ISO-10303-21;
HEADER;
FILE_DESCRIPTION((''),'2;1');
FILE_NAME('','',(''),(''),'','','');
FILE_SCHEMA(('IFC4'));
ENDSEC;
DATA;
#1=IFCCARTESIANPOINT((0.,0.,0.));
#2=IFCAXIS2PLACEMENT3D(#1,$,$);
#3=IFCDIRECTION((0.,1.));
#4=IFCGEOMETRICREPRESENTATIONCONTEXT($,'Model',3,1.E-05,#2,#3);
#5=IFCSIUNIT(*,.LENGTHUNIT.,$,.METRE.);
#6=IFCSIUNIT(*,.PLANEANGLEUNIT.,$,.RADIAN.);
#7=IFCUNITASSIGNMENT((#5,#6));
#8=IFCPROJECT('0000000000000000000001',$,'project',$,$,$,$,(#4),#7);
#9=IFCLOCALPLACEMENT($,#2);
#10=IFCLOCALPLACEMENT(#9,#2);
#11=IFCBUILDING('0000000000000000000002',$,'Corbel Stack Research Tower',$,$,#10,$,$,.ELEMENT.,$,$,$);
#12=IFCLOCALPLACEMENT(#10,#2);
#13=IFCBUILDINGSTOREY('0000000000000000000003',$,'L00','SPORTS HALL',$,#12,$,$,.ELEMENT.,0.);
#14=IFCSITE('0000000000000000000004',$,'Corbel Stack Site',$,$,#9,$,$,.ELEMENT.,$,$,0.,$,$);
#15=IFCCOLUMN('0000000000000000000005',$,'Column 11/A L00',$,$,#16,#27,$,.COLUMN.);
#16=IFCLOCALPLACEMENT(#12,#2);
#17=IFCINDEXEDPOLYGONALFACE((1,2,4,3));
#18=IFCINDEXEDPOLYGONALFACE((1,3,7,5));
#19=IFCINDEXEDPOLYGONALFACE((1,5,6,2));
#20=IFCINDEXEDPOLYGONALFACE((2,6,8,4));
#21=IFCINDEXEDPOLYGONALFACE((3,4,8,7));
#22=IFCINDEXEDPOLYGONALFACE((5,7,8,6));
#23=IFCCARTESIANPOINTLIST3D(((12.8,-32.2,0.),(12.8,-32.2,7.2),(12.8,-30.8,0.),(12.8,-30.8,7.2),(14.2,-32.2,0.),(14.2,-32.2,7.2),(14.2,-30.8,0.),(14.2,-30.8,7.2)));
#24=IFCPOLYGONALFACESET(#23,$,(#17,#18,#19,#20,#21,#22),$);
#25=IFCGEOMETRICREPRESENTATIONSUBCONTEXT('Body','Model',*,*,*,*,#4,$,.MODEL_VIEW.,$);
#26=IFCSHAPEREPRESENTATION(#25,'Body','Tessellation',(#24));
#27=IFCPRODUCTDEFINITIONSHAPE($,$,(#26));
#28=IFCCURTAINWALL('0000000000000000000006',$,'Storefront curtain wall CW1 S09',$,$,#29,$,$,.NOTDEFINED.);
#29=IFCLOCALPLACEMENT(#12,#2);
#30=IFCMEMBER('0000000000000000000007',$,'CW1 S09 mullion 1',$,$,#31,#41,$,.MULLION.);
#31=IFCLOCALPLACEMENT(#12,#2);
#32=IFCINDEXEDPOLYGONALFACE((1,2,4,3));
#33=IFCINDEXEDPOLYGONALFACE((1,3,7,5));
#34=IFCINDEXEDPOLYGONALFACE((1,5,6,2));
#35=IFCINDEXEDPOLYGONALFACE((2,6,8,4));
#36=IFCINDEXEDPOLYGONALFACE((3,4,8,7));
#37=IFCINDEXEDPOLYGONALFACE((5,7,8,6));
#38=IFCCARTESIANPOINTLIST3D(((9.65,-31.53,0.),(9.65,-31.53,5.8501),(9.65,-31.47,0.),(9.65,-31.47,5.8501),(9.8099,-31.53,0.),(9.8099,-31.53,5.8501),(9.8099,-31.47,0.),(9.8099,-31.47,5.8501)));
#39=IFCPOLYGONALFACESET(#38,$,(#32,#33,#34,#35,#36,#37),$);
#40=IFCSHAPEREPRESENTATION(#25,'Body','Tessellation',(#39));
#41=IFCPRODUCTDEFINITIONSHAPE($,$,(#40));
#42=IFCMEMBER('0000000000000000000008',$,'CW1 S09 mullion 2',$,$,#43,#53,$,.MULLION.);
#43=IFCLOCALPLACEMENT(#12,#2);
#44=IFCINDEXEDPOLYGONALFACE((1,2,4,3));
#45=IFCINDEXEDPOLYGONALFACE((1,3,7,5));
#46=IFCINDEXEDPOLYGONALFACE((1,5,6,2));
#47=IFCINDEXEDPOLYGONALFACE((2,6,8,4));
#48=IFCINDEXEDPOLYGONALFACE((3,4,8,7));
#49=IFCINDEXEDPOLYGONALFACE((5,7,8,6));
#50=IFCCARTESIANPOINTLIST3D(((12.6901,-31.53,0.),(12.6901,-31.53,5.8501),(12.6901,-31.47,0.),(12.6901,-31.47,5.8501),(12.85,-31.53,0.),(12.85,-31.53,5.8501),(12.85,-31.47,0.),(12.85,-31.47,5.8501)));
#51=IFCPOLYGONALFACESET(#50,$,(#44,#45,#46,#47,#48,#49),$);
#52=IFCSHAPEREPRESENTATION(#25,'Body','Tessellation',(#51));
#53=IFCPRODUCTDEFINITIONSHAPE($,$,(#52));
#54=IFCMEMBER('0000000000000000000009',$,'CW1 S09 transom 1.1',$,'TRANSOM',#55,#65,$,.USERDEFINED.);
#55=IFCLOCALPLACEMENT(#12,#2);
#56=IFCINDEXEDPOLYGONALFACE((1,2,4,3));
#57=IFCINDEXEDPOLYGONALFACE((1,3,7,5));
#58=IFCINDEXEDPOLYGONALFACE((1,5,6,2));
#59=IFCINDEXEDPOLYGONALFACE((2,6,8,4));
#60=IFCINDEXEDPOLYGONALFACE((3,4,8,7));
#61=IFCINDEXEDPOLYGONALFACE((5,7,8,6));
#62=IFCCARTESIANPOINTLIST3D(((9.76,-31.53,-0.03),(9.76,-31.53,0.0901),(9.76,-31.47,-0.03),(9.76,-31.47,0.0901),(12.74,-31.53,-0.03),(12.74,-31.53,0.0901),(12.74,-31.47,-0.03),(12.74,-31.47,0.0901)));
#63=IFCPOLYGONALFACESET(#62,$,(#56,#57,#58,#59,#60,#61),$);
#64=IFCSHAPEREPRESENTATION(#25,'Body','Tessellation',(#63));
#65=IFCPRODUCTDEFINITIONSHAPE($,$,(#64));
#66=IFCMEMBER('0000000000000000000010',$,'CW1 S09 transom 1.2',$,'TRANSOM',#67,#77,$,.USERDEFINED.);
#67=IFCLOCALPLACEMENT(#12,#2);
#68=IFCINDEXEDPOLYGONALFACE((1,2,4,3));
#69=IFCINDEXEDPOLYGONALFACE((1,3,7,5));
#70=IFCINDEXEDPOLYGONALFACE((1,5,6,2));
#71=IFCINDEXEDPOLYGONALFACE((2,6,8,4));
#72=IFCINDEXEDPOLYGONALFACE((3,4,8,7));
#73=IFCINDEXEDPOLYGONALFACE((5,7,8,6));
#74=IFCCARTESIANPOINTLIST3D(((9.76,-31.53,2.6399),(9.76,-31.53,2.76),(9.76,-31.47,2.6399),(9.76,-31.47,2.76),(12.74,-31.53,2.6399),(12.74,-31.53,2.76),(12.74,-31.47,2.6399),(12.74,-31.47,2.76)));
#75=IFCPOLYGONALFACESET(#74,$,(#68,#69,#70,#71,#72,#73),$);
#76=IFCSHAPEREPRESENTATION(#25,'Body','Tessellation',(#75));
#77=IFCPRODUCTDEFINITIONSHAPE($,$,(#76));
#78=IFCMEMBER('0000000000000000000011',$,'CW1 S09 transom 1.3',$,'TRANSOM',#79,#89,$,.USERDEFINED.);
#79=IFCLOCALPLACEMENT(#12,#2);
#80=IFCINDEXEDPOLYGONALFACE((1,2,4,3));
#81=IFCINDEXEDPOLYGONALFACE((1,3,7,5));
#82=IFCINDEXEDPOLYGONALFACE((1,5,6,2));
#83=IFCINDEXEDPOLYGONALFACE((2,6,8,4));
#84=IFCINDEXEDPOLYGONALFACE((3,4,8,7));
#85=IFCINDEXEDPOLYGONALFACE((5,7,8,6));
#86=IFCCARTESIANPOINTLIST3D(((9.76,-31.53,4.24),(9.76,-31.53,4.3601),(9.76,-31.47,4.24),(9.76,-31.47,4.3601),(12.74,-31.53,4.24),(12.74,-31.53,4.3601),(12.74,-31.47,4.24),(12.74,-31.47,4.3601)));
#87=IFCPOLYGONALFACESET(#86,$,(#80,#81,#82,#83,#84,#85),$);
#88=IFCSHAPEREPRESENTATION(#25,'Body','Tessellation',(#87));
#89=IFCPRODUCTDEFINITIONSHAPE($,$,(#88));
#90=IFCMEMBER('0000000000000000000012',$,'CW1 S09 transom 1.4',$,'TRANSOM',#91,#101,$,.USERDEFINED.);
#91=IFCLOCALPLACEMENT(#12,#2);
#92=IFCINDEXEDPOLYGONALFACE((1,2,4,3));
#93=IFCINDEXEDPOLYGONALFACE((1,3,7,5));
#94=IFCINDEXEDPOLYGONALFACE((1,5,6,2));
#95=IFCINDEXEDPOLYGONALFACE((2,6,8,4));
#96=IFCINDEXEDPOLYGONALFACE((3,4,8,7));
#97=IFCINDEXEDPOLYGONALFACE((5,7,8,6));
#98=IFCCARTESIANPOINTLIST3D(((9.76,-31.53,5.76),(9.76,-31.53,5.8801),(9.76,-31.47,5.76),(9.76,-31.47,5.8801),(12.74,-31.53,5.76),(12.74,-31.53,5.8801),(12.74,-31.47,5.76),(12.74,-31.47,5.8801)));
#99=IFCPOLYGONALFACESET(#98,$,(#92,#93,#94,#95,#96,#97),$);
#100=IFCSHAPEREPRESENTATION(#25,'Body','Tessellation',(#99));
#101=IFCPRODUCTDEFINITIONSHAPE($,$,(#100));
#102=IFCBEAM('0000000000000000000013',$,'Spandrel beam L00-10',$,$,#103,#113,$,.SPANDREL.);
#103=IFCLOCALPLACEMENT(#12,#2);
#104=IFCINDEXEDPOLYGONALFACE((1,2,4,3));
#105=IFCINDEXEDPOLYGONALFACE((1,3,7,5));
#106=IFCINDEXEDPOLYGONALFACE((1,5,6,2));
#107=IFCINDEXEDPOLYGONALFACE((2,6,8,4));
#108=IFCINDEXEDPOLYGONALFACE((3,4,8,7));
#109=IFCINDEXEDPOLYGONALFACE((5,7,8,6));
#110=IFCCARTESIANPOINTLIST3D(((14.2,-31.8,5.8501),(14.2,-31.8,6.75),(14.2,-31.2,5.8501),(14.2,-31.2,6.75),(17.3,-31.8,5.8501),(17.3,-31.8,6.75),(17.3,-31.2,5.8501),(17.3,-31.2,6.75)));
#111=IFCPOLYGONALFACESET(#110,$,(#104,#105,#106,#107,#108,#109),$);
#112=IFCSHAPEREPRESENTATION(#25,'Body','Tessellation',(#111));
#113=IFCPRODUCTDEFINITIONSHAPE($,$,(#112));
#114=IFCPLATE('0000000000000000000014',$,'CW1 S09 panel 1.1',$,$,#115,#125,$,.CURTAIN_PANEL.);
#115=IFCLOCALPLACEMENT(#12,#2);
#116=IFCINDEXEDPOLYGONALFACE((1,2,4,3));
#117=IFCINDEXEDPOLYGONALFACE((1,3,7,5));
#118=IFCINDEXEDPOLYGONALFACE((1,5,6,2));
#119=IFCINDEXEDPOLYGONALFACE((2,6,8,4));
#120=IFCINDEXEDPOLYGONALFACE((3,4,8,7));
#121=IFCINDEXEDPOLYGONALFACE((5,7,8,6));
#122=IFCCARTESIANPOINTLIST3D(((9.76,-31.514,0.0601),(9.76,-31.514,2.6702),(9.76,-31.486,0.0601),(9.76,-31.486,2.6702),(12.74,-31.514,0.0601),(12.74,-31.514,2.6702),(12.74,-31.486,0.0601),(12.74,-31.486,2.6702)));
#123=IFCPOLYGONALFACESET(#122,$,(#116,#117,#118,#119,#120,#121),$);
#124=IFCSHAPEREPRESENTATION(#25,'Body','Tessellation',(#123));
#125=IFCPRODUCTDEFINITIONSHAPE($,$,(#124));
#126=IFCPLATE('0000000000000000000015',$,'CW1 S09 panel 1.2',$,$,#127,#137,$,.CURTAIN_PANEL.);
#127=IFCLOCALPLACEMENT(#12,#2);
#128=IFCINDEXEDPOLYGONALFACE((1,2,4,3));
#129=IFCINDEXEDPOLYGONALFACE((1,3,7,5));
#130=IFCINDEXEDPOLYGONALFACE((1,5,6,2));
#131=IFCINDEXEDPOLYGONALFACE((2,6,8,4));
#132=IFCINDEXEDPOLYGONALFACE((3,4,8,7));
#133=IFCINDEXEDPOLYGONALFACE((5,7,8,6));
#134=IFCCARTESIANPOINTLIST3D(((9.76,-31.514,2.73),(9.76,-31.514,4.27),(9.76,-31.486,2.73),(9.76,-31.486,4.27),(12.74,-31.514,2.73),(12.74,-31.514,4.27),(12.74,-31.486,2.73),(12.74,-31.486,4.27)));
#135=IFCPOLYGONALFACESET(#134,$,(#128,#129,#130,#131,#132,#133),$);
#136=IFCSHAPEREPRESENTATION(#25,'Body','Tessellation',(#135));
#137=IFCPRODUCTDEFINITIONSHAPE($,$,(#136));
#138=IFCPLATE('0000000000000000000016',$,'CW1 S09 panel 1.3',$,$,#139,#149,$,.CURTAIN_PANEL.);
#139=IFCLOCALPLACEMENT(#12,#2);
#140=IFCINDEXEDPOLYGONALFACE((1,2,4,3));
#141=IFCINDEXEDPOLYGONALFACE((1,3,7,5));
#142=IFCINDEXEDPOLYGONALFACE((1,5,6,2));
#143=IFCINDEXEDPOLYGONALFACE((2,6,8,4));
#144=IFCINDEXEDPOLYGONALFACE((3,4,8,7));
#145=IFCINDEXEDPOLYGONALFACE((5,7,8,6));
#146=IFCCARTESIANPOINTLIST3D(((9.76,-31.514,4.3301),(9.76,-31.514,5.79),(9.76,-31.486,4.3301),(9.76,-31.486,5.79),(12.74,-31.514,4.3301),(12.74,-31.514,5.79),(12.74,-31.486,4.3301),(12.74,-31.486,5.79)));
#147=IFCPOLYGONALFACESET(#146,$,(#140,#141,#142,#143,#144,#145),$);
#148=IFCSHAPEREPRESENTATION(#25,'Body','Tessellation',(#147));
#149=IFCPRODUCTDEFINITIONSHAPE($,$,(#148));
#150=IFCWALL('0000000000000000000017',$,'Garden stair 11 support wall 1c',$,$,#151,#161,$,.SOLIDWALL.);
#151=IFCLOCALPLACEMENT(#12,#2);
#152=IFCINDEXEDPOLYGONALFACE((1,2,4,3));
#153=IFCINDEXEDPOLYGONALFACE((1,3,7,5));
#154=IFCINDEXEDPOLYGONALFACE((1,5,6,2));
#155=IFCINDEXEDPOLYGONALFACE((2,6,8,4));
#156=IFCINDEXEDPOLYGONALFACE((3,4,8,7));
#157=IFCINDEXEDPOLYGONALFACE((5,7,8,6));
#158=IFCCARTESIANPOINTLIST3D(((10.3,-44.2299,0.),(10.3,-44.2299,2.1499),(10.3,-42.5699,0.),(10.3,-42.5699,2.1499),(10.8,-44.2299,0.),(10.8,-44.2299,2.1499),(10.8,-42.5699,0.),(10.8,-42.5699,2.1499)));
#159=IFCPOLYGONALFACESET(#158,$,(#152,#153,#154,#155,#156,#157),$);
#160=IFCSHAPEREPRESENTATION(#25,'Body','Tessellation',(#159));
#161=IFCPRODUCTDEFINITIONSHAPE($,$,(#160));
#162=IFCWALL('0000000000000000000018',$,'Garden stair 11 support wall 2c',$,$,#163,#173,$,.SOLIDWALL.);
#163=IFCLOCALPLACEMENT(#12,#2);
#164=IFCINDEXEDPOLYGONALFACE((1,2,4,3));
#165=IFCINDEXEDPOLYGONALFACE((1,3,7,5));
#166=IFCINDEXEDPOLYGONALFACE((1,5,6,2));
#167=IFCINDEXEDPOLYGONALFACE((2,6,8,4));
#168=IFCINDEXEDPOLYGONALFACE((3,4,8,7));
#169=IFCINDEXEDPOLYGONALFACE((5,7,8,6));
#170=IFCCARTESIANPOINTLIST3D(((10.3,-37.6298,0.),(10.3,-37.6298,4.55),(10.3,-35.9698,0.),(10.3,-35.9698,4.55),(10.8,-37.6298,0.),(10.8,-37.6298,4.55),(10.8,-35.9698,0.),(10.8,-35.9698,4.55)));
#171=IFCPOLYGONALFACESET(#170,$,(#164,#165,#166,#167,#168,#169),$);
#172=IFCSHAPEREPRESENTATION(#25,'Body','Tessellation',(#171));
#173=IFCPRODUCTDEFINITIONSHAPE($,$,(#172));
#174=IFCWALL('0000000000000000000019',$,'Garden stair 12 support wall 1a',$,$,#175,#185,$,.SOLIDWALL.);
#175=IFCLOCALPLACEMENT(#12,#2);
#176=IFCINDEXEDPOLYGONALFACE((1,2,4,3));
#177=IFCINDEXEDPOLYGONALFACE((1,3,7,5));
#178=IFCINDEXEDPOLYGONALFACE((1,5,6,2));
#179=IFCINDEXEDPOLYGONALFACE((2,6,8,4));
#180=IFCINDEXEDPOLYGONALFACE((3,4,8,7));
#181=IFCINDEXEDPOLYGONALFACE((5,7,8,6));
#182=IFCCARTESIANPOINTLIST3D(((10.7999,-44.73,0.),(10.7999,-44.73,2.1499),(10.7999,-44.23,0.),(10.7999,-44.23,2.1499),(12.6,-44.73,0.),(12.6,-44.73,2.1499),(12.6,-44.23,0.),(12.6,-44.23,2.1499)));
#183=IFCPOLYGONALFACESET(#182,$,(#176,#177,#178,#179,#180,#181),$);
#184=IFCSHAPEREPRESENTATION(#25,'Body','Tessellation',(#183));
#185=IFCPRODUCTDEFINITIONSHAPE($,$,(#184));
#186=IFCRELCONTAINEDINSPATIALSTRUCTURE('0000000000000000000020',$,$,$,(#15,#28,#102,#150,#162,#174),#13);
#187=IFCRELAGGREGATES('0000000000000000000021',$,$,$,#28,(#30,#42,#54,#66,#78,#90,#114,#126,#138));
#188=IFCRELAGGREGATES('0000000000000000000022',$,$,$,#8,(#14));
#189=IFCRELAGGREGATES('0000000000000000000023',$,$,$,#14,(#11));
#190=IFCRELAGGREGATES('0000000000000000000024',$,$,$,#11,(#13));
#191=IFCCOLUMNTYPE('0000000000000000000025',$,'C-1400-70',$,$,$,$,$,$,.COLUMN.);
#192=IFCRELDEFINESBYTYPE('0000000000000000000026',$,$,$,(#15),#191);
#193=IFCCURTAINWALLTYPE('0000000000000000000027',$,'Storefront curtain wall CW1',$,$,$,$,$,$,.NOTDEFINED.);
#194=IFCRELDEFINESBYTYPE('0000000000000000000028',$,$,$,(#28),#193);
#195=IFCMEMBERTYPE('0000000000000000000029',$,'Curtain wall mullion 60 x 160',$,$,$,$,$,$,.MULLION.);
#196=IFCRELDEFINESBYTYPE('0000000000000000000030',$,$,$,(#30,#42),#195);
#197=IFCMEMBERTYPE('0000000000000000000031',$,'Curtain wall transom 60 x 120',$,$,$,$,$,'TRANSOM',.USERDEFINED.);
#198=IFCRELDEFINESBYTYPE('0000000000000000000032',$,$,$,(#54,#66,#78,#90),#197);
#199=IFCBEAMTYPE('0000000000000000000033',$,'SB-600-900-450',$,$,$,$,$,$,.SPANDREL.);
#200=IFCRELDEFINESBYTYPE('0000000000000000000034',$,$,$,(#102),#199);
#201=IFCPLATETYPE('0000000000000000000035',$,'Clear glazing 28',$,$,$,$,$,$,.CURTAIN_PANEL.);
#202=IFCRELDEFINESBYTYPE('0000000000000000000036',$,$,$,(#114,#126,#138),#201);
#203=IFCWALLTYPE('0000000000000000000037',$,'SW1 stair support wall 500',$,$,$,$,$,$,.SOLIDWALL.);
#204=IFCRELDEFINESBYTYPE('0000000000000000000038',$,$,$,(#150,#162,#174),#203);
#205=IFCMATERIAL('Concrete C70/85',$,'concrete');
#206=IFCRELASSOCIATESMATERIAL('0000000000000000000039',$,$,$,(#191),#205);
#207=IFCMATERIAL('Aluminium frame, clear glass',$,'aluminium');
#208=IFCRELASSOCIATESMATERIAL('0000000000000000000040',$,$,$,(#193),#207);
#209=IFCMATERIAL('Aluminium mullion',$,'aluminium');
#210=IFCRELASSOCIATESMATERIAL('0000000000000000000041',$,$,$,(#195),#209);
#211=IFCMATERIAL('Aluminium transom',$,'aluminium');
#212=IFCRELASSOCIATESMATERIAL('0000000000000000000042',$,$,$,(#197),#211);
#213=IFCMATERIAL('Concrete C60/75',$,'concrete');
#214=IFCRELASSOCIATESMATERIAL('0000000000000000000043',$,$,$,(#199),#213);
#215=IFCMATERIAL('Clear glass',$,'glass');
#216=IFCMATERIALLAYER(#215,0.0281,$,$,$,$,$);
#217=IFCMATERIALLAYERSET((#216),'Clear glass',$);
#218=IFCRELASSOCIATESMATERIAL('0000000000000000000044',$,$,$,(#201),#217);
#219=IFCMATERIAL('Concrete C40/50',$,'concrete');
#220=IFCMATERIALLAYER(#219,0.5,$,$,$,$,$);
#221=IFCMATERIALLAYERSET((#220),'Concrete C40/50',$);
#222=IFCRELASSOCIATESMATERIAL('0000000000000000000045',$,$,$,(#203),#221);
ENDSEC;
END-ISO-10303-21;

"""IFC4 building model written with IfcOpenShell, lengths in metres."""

from ifc_helpers import new_model, si_unit, direction, frame, frame_2d, origin, origin_2d, place, context, subcontext, project, spatial, rectangle, extrude, material, layer, layer_set, material_profile, profile_set, type_object, element, aggregate, save


model = new_model("IFC4")

# Units and contexts
model_context = context("Model", 3, precision=1e-05, world=origin(), true_north=direction((0.0, 1.0)))
body_context = subcontext(model_context, "Body", "Model", "MODEL_VIEW")
ifc_project = project(units=[si_unit("LENGTHUNIT", "METRE"), si_unit("PLANEANGLEUNIT", "RADIAN")], contexts=[model_context])

# Site, building, storey
site_placement = place(None, origin())
site = spatial("IfcSite", under=ifc_project, at=site_placement, Name="Corbel Stack Site", CompositionType="ELEMENT", RefElevation=0.0)
building_placement = place(site_placement, origin())
building = spatial("IfcBuilding", under=site, at=building_placement, Name="Corbel Stack Research Tower", CompositionType="ELEMENT")
storey_placement = place(building_placement, origin())
storey = spatial("IfcBuildingStorey", under=building, at=storey_placement, Name="L00", Description="SPORTS HALL", CompositionType="ELEMENT", Elevation=0.0)

# Column
ifc_material_1 = material(Name="Concrete C70/85", Category="concrete")
ifc_material_profile_1 = material_profile(ifc_material_1, rectangle(XDim=1.3999, YDim=1.3999, at=origin_2d()), Name="RC 1400 x 1400")
ifc_profile_set_1 = profile_set([ifc_material_profile_1], Name="Concrete C70/85")
column_type = type_object("IfcColumnType", Name="C-1400-70", PredefinedType="COLUMN", material=ifc_profile_set_1)
column_placement = place(storey_placement, frame((13.5, -31.5, 0.0), z_axis=(0.0, 0.0, 1.0), x_axis=(1.0, 0.0, 0.0)))
element("IfcColumn", 1, at=column_placement, inside=storey, type_object=column_type, Name="Column 11/A L00", PredefinedType="COLUMN", context=body_context, shape_type="SweptSolid", body=[
    extrude(rectangle(XDim=1.3999, YDim=1.3999, at=origin_2d()), origin(), (0.0, 0.0, 1.0), 7.2),
])

# Curtain wall, members
ifc_material_2 = material(Name="Aluminium frame, clear glass", Category="aluminium")
curtain_wall_type = type_object("IfcCurtainWallType", Name="Storefront curtain wall CW1", PredefinedType="NOTDEFINED", material=ifc_material_2)
curtain_wall_placement = place(storey_placement, origin())
curtain_wall = element("IfcCurtainWall", 2, at=curtain_wall_placement, inside=storey, type_object=curtain_wall_type, Name="Storefront curtain wall CW1 S09", PredefinedType="NOTDEFINED")
ifc_material_3 = material(Name="Aluminium mullion", Category="aluminium")
ifc_material_profile_2 = material_profile(ifc_material_3, rectangle(XDim=0.0601, YDim=0.1599, at=origin_2d()), Name="Mullion 60 x 160")
ifc_profile_set_2 = profile_set([ifc_material_profile_2], Name="Aluminium mullion")
member_type_1 = type_object("IfcMemberType", Name="Curtain wall mullion 60 x 160", PredefinedType="MULLION", material=ifc_profile_set_2)
member_1_placement = place(storey_placement, frame((9.73, -31.5, 0.0), z_axis=(0.0, 0.0, 1.0), x_axis=(0.0, 1.0, 0.0)))
member_1 = element("IfcMember", 3, at=member_1_placement, type_object=member_type_1, Name="CW1 S09 mullion 1", PredefinedType="MULLION", context=body_context, shape_type="SweptSolid", body=[
    extrude(rectangle(XDim=0.0601, YDim=0.1599, at=origin_2d()), origin(), (0.0, 0.0, 1.0), 5.8501),
])
member_2_placement = place(storey_placement, frame((12.77, -31.5, 0.0), z_axis=(0.0, 0.0, 1.0), x_axis=(0.0, 1.0, 0.0)))
member_2 = element("IfcMember", 4, at=member_2_placement, type_object=member_type_1, Name="CW1 S09 mullion 2", PredefinedType="MULLION", context=body_context, shape_type="SweptSolid", body=[
    extrude(rectangle(XDim=0.0601, YDim=0.1599, at=origin_2d()), origin(), (0.0, 0.0, 1.0), 5.8501),
])
ifc_material_4 = material(Name="Aluminium transom", Category="aluminium")
ifc_material_profile_3 = material_profile(ifc_material_4, rectangle(XDim=0.0601, YDim=0.1201, at=origin_2d()), Name="Transom 60 x 120")
ifc_profile_set_3 = profile_set([ifc_material_profile_3], Name="Aluminium transom")
member_type_2 = type_object("IfcMemberType", Name="Curtain wall transom 60 x 120", ElementType="TRANSOM", PredefinedType="USERDEFINED", material=ifc_profile_set_3)
member_3_placement = place(storey_placement, frame((9.76, -31.5, 0.03), z_axis=(1.0, 0.0, 0.0), x_axis=(0.0, 1.0, 0.0)))
member_3 = element("IfcMember", 5, at=member_3_placement, type_object=member_type_2, Name="CW1 S09 transom 1.1", ObjectType="TRANSOM", PredefinedType="USERDEFINED", context=body_context, shape_type="SweptSolid", body=[
    extrude(rectangle(XDim=0.0601, YDim=0.1201, at=origin_2d()), origin(), (0.0, 0.0, 1.0), 2.98),
])
member_4_placement = place(storey_placement, frame((9.76, -31.5, 2.7), z_axis=(1.0, 0.0, 0.0), x_axis=(0.0, 1.0, 0.0)))
member_4 = element("IfcMember", 6, at=member_4_placement, type_object=member_type_2, Name="CW1 S09 transom 1.2", ObjectType="TRANSOM", PredefinedType="USERDEFINED", context=body_context, shape_type="SweptSolid", body=[
    extrude(rectangle(XDim=0.0601, YDim=0.1201, at=origin_2d()), origin(), (0.0, 0.0, 1.0), 2.98),
])
member_5_placement = place(storey_placement, frame((9.76, -31.5, 4.3), z_axis=(1.0, 0.0, 0.0), x_axis=(0.0, 1.0, 0.0)))
member_5 = element("IfcMember", 7, at=member_5_placement, type_object=member_type_2, Name="CW1 S09 transom 1.3", ObjectType="TRANSOM", PredefinedType="USERDEFINED", context=body_context, shape_type="SweptSolid", body=[
    extrude(rectangle(XDim=0.0601, YDim=0.1201, at=origin_2d()), origin(), (0.0, 0.0, 1.0), 2.98),
])
member_6_placement = place(storey_placement, frame((9.76, -31.5, 5.8201), z_axis=(1.0, 0.0, 0.0), x_axis=(0.0, 1.0, 0.0)))
member_6 = element("IfcMember", 8, at=member_6_placement, type_object=member_type_2, Name="CW1 S09 transom 1.4", ObjectType="TRANSOM", PredefinedType="USERDEFINED", context=body_context, shape_type="SweptSolid", body=[
    extrude(rectangle(XDim=0.0601, YDim=0.1201, at=origin_2d()), origin(), (0.0, 0.0, 1.0), 2.98),
])

# Beam
ifc_material_5 = material(Name="Concrete C60/75", Category="concrete")
ifc_material_profile_4 = material_profile(ifc_material_5, rectangle(XDim=0.6001, YDim=0.8999, at=origin_2d()), Name="RC 600 x 900")
ifc_profile_set_4 = profile_set([ifc_material_profile_4], Name="Concrete C60/75")
beam_type = type_object("IfcBeamType", Name="SB-600-900-450", PredefinedType="SPANDREL", material=ifc_profile_set_4)
beam_placement = place(storey_placement, frame((14.2, -31.5, 6.3), z_axis=(1.0, 0.0, 0.0), x_axis=(0.0, 1.0, 0.0)))
element("IfcBeam", 9, at=beam_placement, inside=storey, type_object=beam_type, Name="Spandrel beam L00-10", PredefinedType="SPANDREL", context=body_context, shape_type="SweptSolid", body=[
    extrude(rectangle(XDim=0.6001, YDim=0.8999, at=origin_2d()), origin(), (0.0, 0.0, 1.0), 3.1001),
])

# Plates
ifc_material_6 = material(Name="Clear glass", Category="glass")
ifc_layer_1 = layer(ifc_material_6, 0.0281)
ifc_layer_set_1 = layer_set([ifc_layer_1], Name="Clear glass")
plate_type = type_object("IfcPlateType", Name="Clear glazing 28", PredefinedType="CURTAIN_PANEL", material=ifc_layer_set_1)
plate_1_placement = place(storey_placement, frame((11.25, -31.5, 0.0601), z_axis=(0.0, 0.0, 1.0), x_axis=(1.0, 0.0, 0.0)))
plate_1 = element("IfcPlate", 10, at=plate_1_placement, type_object=plate_type, Name="CW1 S09 panel 1.1", PredefinedType="CURTAIN_PANEL", context=body_context, shape_type="SweptSolid", body=[
    extrude(rectangle(XDim=2.98, YDim=0.0281, at=origin_2d()), origin(), (0.0, 0.0, 1.0), 2.6101),
])
plate_2_placement = place(storey_placement, frame((11.25, -31.5, 2.73), z_axis=(0.0, 0.0, 1.0), x_axis=(1.0, 0.0, 0.0)))
plate_2 = element("IfcPlate", 11, at=plate_2_placement, type_object=plate_type, Name="CW1 S09 panel 1.2", PredefinedType="CURTAIN_PANEL", context=body_context, shape_type="SweptSolid", body=[
    extrude(rectangle(XDim=2.98, YDim=0.0281, at=origin_2d()), origin(), (0.0, 0.0, 1.0), 1.54),
])
plate_3_placement = place(storey_placement, frame((11.25, -31.5, 4.3301), z_axis=(0.0, 0.0, 1.0), x_axis=(1.0, 0.0, 0.0)))
plate_3 = element("IfcPlate", 12, at=plate_3_placement, type_object=plate_type, Name="CW1 S09 panel 1.3", PredefinedType="CURTAIN_PANEL", context=body_context, shape_type="SweptSolid", body=[
    extrude(rectangle(XDim=2.98, YDim=0.0281, at=origin_2d()), origin(), (0.0, 0.0, 1.0), 1.46),
])
aggregate(curtain_wall, [member_1, member_2, member_3, member_4, member_5, member_6, plate_1, plate_2, plate_3])

# Walls
ifc_material_7 = material(Name="Concrete C40/50", Category="concrete")
ifc_layer_2 = layer(ifc_material_7, 0.5)
ifc_layer_set_2 = layer_set([ifc_layer_2], Name="Concrete C40/50")
wall_type = type_object("IfcWallType", Name="SW1 stair support wall 500", PredefinedType="SOLIDWALL", material=ifc_layer_set_2)
wall_1_placement = place(storey_placement, frame((10.55, -44.23, 0.0), z_axis=(0.0, 0.0, 1.0), x_axis=(0.0, 1.0, 0.0)))
element("IfcWall", 13, at=wall_1_placement, inside=storey, type_object=wall_type, Name="Garden stair 11 support wall 1c", PredefinedType="SOLIDWALL", context=body_context, shape_type="SweptSolid", body=[
    extrude(rectangle(XDim=1.6599, YDim=0.5, at=frame_2d((0.8301, 0.0))), origin(), (0.0, 0.0, 1.0), 2.1499),
])
wall_2_placement = place(storey_placement, frame((10.55, -37.6299, 0.0), z_axis=(0.0, 0.0, 1.0), x_axis=(0.0, 1.0, 0.0)))
element("IfcWall", 14, at=wall_2_placement, inside=storey, type_object=wall_type, Name="Garden stair 11 support wall 2c", PredefinedType="SOLIDWALL", context=body_context, shape_type="SweptSolid", body=[
    extrude(rectangle(XDim=1.6599, YDim=0.5, at=frame_2d((0.8301, 0.0))), origin(), (0.0, 0.0, 1.0), 4.55),
])
wall_3_placement = place(storey_placement, frame((10.8, -44.48, 0.0), z_axis=(0.0, 0.0, 1.0), x_axis=(1.0, 0.0, 0.0)))
element("IfcWall", 15, at=wall_3_placement, inside=storey, type_object=wall_type, Name="Garden stair 12 support wall 1a", PredefinedType="SOLIDWALL", context=body_context, shape_type="SweptSolid", body=[
    extrude(rectangle(XDim=1.8, YDim=0.5, at=frame_2d((0.8999, 0.0))), origin(), (0.0, 0.0, 1.0), 2.1499),
])

save(model, "model.ifc")
